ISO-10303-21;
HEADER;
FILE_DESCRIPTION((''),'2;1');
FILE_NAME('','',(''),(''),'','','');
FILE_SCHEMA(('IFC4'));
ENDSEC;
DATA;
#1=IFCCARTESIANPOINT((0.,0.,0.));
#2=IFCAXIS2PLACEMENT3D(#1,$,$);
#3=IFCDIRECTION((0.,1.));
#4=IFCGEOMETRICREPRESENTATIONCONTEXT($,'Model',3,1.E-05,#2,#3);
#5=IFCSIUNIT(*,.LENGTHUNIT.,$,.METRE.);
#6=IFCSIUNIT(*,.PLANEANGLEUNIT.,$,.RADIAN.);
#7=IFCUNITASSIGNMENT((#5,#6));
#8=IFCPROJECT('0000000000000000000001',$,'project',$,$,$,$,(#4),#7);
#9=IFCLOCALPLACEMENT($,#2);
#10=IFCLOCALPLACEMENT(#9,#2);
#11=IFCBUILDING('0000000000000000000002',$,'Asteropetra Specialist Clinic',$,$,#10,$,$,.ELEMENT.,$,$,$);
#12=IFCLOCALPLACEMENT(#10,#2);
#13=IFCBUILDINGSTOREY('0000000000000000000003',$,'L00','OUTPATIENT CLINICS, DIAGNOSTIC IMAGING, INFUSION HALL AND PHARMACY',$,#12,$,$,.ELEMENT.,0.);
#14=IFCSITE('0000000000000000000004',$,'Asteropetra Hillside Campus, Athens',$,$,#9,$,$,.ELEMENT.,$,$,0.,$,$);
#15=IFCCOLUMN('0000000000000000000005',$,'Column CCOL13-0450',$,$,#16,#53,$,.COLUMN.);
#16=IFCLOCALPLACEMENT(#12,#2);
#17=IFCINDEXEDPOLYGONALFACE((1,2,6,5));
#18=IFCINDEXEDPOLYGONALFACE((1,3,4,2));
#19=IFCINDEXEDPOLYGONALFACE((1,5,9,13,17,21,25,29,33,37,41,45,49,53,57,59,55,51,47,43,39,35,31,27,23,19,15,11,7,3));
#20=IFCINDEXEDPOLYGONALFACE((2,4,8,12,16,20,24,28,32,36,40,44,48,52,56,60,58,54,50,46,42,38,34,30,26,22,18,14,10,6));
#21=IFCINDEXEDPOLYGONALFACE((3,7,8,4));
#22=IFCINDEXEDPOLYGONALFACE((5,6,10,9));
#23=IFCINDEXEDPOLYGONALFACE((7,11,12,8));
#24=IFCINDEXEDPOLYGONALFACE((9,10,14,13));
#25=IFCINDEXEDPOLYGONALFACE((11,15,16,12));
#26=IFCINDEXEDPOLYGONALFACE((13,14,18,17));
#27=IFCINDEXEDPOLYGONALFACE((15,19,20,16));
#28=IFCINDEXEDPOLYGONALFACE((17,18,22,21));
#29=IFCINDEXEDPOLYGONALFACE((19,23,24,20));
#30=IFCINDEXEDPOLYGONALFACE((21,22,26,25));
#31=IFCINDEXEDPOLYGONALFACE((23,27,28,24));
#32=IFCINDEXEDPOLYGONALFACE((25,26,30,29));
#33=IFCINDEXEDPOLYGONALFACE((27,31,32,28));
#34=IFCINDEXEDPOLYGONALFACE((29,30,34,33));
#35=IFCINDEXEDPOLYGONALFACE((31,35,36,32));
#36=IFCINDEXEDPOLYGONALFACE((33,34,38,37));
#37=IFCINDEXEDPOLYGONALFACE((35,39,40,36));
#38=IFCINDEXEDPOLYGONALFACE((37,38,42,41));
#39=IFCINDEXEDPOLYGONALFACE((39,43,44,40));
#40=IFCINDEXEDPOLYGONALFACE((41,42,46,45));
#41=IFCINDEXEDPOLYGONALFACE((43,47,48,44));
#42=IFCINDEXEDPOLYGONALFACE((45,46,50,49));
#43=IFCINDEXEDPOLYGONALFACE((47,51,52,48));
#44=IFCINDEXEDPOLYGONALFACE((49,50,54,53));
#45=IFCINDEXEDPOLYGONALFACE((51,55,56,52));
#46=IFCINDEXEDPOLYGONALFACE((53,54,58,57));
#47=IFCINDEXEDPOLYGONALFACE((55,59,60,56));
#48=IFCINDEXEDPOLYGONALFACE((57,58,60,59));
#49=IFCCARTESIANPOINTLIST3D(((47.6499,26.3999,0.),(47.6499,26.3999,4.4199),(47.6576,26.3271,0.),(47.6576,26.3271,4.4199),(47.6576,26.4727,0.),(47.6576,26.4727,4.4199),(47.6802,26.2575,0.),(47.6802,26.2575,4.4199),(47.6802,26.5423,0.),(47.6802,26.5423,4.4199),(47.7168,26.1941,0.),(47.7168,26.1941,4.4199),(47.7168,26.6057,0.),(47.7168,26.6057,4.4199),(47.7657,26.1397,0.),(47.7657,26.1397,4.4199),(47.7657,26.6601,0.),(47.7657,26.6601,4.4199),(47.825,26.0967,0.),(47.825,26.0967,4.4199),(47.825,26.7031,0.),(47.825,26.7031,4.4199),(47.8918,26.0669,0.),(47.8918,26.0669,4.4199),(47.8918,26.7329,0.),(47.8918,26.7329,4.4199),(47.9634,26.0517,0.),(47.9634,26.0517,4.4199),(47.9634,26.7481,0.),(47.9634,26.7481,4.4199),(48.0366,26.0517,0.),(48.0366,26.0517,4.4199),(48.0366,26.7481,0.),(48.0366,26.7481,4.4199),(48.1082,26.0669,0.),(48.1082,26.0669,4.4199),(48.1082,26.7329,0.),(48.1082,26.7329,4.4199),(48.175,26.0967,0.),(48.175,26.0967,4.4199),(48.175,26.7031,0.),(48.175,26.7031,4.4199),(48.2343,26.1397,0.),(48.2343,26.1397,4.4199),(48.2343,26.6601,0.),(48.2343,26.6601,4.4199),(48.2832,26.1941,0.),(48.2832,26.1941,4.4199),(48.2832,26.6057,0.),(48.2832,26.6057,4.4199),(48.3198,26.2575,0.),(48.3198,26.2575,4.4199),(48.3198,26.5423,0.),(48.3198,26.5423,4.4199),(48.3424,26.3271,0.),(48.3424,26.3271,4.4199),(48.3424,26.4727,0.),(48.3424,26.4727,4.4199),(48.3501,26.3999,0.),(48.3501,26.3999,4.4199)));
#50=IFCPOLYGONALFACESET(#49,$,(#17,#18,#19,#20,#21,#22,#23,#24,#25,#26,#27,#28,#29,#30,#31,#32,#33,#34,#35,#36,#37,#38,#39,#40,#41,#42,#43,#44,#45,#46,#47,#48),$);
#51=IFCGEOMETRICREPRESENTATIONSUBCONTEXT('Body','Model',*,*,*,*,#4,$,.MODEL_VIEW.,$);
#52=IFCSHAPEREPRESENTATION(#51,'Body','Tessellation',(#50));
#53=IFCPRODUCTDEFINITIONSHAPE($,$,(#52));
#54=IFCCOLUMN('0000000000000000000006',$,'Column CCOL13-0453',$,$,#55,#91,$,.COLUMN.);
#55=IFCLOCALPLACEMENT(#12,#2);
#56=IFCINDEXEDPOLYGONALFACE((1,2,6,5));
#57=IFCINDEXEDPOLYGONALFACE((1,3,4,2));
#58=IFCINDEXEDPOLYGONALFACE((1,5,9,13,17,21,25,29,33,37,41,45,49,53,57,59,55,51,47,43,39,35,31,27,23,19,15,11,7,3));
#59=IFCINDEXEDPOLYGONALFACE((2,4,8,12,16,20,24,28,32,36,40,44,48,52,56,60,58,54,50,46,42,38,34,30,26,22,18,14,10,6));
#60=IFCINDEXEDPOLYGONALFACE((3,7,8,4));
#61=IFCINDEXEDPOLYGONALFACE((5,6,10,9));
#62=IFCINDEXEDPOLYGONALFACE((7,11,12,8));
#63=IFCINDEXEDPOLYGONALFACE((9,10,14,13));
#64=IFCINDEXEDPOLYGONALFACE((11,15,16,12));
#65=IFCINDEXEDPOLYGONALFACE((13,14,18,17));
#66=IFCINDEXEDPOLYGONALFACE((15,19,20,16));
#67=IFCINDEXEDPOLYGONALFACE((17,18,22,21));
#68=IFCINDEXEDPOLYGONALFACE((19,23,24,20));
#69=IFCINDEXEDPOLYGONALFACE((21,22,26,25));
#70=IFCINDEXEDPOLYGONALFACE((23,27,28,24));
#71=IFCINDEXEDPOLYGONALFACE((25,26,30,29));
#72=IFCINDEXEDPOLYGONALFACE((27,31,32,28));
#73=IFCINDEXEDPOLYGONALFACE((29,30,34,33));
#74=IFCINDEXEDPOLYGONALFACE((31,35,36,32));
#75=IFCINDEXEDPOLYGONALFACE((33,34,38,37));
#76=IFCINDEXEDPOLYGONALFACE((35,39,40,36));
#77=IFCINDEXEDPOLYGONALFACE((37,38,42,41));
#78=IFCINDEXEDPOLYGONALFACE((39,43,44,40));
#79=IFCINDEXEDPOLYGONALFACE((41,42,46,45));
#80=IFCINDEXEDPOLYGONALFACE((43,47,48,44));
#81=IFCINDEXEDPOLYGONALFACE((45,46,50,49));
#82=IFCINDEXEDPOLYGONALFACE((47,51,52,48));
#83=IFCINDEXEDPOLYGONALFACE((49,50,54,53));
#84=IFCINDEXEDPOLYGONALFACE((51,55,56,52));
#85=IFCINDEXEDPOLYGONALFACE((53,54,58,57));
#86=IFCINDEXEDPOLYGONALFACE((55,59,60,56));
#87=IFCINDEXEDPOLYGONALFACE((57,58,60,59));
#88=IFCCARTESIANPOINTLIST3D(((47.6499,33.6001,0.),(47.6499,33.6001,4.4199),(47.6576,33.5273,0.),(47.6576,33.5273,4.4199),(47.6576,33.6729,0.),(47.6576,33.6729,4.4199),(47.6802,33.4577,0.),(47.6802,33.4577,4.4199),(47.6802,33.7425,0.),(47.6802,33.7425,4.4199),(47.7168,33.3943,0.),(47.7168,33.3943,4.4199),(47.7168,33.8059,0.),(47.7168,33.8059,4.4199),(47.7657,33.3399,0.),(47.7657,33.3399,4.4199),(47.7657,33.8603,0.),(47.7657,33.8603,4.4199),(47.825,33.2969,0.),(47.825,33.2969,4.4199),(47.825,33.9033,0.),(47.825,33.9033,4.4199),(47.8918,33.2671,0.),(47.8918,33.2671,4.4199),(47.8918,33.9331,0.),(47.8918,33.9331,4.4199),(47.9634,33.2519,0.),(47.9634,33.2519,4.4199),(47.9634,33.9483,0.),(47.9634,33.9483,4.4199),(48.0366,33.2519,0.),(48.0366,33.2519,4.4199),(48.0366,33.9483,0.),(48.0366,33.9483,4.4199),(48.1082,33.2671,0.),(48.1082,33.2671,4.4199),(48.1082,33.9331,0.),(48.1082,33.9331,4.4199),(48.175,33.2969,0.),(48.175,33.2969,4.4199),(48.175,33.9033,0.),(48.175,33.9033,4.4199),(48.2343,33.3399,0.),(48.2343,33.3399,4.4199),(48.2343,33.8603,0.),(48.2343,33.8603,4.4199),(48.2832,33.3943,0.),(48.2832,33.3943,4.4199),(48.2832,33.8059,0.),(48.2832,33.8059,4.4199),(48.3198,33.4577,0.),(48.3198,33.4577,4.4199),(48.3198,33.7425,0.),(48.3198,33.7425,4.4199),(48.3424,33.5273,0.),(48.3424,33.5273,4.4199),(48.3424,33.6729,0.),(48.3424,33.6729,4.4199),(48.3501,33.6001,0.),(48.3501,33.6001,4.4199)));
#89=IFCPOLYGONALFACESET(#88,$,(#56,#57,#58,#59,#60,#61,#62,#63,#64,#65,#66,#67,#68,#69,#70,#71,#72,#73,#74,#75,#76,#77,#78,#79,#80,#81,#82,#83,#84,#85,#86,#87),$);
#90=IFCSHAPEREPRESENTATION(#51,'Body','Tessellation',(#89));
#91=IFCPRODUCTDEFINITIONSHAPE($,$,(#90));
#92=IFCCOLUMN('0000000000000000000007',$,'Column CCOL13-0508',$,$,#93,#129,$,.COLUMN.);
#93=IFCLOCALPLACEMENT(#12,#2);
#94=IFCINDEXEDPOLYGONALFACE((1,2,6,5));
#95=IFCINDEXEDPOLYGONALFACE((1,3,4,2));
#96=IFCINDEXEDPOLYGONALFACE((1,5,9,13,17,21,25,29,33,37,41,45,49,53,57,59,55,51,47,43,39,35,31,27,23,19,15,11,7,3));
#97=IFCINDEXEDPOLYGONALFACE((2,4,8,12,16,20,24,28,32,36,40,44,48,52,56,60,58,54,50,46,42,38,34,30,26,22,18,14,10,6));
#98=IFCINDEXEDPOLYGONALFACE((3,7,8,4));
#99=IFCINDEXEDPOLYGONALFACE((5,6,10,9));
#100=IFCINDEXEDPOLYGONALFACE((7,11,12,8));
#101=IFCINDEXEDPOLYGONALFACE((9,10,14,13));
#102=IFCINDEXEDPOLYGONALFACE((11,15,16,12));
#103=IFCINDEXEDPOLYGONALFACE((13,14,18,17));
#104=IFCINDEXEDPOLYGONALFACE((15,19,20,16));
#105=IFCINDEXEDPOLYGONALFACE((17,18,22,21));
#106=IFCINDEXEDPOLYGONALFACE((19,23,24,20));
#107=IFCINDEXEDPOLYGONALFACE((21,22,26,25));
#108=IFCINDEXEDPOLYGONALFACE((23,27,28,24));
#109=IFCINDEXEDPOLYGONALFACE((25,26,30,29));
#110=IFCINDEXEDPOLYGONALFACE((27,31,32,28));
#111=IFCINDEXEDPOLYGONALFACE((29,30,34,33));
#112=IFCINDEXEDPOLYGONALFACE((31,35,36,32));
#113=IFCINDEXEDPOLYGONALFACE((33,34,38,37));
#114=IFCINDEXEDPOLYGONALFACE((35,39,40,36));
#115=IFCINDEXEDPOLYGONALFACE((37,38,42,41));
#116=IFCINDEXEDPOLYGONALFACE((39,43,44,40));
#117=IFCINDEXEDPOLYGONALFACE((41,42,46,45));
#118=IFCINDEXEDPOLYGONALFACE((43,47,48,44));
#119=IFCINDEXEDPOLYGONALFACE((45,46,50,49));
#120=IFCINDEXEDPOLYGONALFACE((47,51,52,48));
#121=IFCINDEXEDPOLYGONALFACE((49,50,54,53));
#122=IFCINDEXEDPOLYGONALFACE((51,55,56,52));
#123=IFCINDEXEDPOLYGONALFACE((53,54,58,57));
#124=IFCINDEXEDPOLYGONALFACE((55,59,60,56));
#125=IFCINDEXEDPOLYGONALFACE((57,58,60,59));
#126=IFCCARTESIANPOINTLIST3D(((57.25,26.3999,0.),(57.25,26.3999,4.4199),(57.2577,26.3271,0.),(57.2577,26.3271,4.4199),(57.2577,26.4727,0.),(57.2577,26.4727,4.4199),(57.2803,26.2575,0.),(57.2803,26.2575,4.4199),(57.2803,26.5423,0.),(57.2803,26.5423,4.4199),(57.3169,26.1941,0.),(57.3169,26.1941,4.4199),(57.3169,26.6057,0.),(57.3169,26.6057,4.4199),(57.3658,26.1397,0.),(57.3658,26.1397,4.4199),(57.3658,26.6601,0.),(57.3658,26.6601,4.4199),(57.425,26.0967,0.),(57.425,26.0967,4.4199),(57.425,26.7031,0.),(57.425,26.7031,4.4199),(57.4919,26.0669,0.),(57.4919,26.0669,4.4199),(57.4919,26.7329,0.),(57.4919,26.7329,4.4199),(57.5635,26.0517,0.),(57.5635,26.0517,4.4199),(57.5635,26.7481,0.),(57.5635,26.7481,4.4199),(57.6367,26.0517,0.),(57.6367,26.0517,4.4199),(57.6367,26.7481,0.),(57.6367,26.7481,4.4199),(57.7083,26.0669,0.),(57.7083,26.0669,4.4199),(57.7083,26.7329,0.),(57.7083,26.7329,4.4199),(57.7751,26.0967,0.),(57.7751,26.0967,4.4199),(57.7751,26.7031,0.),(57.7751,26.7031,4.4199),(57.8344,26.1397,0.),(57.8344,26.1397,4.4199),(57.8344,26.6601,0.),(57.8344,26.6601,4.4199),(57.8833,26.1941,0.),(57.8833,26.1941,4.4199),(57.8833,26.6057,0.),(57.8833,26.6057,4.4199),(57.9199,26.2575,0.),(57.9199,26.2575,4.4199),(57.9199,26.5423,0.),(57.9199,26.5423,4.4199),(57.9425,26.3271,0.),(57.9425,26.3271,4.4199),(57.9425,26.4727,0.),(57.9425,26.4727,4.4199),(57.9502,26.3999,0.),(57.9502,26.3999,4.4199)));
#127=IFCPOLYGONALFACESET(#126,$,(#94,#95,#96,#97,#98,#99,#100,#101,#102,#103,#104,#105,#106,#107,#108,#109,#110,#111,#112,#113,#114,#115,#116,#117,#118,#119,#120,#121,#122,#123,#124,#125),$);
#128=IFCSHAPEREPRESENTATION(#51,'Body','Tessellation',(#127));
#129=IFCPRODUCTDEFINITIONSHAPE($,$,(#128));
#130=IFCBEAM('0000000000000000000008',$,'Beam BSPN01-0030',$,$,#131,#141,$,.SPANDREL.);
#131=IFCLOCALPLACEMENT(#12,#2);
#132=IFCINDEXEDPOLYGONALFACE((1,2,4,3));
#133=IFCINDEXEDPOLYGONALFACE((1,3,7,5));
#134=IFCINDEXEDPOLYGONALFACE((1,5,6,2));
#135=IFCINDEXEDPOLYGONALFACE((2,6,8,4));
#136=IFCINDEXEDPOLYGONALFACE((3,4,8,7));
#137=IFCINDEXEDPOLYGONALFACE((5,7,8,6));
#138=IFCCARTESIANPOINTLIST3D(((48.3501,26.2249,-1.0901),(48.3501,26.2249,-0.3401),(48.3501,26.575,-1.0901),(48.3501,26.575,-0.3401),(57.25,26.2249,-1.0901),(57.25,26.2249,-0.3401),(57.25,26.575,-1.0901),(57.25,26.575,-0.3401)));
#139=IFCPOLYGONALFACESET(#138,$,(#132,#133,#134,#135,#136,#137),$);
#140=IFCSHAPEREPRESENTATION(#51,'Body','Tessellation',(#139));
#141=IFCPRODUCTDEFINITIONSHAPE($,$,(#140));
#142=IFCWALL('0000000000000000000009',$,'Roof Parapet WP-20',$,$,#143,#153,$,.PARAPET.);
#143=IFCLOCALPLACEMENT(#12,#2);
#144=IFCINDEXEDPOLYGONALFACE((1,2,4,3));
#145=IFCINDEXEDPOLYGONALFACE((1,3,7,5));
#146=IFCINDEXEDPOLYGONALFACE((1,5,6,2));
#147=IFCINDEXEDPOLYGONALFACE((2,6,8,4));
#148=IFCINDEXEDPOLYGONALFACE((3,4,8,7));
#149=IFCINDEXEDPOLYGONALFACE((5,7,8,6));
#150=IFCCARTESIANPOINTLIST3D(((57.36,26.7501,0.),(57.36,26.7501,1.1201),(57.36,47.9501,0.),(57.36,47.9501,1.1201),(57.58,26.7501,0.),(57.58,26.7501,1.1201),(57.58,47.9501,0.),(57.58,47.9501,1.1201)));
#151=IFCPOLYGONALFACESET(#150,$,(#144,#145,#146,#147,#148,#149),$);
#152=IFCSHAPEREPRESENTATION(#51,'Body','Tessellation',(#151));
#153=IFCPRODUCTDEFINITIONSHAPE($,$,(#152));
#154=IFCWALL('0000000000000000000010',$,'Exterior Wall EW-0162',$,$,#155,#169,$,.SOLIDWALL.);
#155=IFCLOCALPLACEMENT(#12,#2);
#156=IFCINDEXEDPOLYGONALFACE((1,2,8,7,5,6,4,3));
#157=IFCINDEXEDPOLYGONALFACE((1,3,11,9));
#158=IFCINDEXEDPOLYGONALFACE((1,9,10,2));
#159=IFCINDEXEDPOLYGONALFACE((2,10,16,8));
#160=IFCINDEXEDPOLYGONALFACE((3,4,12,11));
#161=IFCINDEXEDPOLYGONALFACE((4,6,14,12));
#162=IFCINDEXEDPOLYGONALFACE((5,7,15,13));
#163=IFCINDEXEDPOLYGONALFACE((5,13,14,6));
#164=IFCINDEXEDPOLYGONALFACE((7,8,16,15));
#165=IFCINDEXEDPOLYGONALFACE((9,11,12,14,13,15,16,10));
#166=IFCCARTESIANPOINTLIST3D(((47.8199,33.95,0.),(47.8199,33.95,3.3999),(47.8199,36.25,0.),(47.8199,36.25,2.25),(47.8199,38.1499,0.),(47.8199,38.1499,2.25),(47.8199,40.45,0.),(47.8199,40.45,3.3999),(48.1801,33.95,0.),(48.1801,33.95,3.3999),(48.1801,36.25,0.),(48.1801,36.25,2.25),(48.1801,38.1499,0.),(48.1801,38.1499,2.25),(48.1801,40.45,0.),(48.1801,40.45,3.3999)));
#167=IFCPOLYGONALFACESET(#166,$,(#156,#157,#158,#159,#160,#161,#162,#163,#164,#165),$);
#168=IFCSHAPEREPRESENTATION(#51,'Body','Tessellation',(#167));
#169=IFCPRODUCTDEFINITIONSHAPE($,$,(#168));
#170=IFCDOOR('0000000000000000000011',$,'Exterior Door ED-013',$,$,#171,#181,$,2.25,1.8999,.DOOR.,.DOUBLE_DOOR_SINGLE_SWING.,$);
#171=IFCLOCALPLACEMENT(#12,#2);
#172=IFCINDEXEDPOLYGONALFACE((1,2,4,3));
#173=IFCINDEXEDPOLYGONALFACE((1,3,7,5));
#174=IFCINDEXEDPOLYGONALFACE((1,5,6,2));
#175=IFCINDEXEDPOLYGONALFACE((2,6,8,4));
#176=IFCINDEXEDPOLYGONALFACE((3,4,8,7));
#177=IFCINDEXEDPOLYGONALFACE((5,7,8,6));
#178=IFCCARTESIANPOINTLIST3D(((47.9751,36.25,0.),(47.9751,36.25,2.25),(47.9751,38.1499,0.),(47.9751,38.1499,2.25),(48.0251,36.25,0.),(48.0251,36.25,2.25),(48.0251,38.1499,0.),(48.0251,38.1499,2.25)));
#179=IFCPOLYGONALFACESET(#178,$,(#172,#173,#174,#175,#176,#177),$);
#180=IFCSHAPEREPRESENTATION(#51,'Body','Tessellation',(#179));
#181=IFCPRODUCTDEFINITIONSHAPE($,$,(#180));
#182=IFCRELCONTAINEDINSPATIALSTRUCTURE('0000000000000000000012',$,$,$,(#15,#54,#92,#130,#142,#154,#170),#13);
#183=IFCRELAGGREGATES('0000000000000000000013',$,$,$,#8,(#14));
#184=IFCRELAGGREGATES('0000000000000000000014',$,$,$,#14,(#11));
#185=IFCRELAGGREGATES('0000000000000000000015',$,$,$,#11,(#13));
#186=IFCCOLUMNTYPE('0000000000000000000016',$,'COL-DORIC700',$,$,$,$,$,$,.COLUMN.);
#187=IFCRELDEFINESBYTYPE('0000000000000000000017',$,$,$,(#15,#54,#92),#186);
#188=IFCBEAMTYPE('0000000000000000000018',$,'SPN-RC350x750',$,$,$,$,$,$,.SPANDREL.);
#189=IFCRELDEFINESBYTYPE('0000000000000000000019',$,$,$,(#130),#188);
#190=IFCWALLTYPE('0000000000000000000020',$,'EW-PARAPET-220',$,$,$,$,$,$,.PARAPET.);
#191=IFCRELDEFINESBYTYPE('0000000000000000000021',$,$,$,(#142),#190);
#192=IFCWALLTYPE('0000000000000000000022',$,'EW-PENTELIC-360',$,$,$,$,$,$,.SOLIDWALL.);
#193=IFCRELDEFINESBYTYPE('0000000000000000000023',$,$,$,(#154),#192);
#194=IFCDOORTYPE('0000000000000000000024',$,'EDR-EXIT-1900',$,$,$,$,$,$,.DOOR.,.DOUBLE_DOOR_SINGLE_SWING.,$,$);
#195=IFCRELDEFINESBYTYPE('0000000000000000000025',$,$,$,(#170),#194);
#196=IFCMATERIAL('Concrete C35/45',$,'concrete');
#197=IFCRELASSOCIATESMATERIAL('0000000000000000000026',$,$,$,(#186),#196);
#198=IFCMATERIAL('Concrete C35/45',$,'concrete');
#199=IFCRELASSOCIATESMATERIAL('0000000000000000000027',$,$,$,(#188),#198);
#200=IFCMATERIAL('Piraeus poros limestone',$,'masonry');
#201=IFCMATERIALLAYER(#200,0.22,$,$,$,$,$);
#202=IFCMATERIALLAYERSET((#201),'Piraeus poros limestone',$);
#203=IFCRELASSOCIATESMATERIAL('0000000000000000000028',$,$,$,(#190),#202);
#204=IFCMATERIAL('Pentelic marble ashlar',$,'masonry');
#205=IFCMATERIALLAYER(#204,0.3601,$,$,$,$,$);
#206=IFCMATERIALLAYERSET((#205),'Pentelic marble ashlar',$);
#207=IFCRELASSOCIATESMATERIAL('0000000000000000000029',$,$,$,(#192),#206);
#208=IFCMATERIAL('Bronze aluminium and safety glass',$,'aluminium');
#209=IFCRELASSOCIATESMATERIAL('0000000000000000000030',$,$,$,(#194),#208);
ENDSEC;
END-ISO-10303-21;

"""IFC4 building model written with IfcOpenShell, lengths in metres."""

from ifc_helpers import new_model, si_unit, direction, frame, frame_2d, origin, origin_2d, place, context, subcontext, project, spatial, rectangle, circle, extrude, material, layer, layer_set, material_profile, profile_set, type_object, element, fill, save


model = new_model("IFC4")

# Units and contexts
model_context = context("Model", 3, precision=1e-05, world=origin(), true_north=direction((0.0, 1.0)))
body_context = subcontext(model_context, "Body", "Model", "MODEL_VIEW")
ifc_project = project(units=[si_unit("LENGTHUNIT", "METRE"), si_unit("PLANEANGLEUNIT", "RADIAN")], contexts=[model_context])

# Site, building, storey
site_placement = place(None, origin())
site = spatial("IfcSite", under=ifc_project, at=site_placement, Name="Asteropetra Hillside Campus, Athens", CompositionType="ELEMENT", RefElevation=0.0)
building_placement = place(site_placement, origin())
building = spatial("IfcBuilding", under=site, at=building_placement, Name="Asteropetra Specialist Clinic", CompositionType="ELEMENT")
storey_placement = place(building_placement, origin())
storey = spatial("IfcBuildingStorey", under=building, at=storey_placement, Name="L00", Description="OUTPATIENT CLINICS, DIAGNOSTIC IMAGING, INFUSION HALL AND PHARMACY", CompositionType="ELEMENT", Elevation=0.0)

# Columns
ifc_material_1 = material(Name="Concrete C35/45", Category="concrete")
ifc_material_profile_1 = material_profile(ifc_material_1, circle(Radius=0.3501, at=origin_2d()), Name="RCC D700")
ifc_profile_set_1 = profile_set([ifc_material_profile_1], Name="Concrete C35/45")
column_type = type_object("IfcColumnType", Name="COL-DORIC700", PredefinedType="COLUMN", material=ifc_profile_set_1)
for number, where, z_axis, x_axis, name in (
    (1, (48.0, 26.3999, 0.0), (0.0, 0.0, 1.0), (1.0, 0.0, 0.0), "Column CCOL13-0450"),
    (2, (48.0, 33.6001, 0.0), (0.0, 0.0, 1.0), (1.0, 0.0, 0.0), "Column CCOL13-0453"),
    (3, (57.6001, 26.3999, 0.0), (0.0, 0.0, 1.0), (1.0, 0.0, 0.0), "Column CCOL13-0508"),
):
    element("IfcColumn", number, at=place(storey_placement, frame(where, z_axis=z_axis, x_axis=x_axis)), inside=storey, type_object=column_type, Name=name, PredefinedType="COLUMN", context=body_context, shape_type="SweptSolid", body=[
        extrude(circle(Radius=0.3501, at=origin_2d()), origin(), (0.0, 0.0, 1.0), 4.4199),
    ])

# Beam
ifc_material_2 = material(Name="Concrete C35/45", Category="concrete")
ifc_material_profile_2 = material_profile(ifc_material_2, rectangle(XDim=0.3501, YDim=0.75, at=origin_2d()), Name="RCS 350x750")
ifc_profile_set_2 = profile_set([ifc_material_profile_2], Name="Concrete C35/45")
beam_type = type_object("IfcBeamType", Name="SPN-RC350x750", PredefinedType="SPANDREL", material=ifc_profile_set_2)
beam_placement = place(storey_placement, frame((48.3501, 26.3999, -0.7151), z_axis=(1.0, 0.0, 0.0), x_axis=(0.0, 1.0, 0.0)))
element("IfcBeam", 4, at=beam_placement, inside=storey, type_object=beam_type, Name="Beam BSPN01-0030", PredefinedType="SPANDREL", context=body_context, shape_type="SweptSolid", body=[
    extrude(rectangle(XDim=0.3501, YDim=0.75, at=origin_2d()), origin(), (0.0, 0.0, 1.0), 8.8999),
])

# Wall
ifc_material_3 = material(Name="Piraeus poros limestone", Category="masonry")
ifc_layer_1 = layer(ifc_material_3, 0.22)
ifc_layer_set_1 = layer_set([ifc_layer_1], Name="Piraeus poros limestone")
wall_type_1 = type_object("IfcWallType", Name="EW-PARAPET-220", PredefinedType="PARAPET", material=ifc_layer_set_1)
wall_1_placement = place(storey_placement, frame((57.47, 26.75, 0.0), z_axis=(0.0, 0.0, 1.0), x_axis=(0.0, 1.0, 0.0)))
element("IfcWall", 5, at=wall_1_placement, inside=storey, type_object=wall_type_1, Name="Roof Parapet WP-20", PredefinedType="PARAPET", context=body_context, shape_type="SweptSolid", body=[
    extrude(rectangle(XDim=21.2, YDim=0.22, at=frame_2d((10.6001, 0.0))), origin(), (0.0, 0.0, 1.0), 1.1201),
])

# Wall, opening, door
ifc_material_4 = material(Name="Pentelic marble ashlar", Category="masonry")
ifc_layer_2 = layer(ifc_material_4, 0.3601)
ifc_layer_set_2 = layer_set([ifc_layer_2], Name="Pentelic marble ashlar")
wall_type_2 = type_object("IfcWallType", Name="EW-PENTELIC-360", PredefinedType="SOLIDWALL", material=ifc_layer_set_2)
wall_2_placement = place(storey_placement, frame((48.0, 33.95, 0.0), z_axis=(0.0, 0.0, 1.0), x_axis=(0.0, 1.0, 0.0)))
wall_2 = element("IfcWall", 6, at=wall_2_placement, inside=storey, type_object=wall_type_2, Name="Exterior Wall EW-0162", PredefinedType="SOLIDWALL", context=body_context, shape_type="SweptSolid", body=[
    extrude(rectangle(XDim=6.5, YDim=0.3601, at=frame_2d((3.25, 0.0))), origin(), (0.0, 0.0, 1.0), 3.3999),
])
opening_placement = place(wall_2_placement, frame((2.3, 0.0, 0.0)))
opening = element("IfcOpeningElement", 7, at=opening_placement, cuts=wall_2, PredefinedType="OPENING", context=body_context, shape_type="SweptSolid", body=[
    extrude(rectangle(XDim=1.8999, YDim=2.25, at=frame_2d((0.95, 1.125))), frame((0.0, 0.1899, 0.0), z_axis=(0.0, -1.0, 0.0), x_axis=(1.0, 0.0, 0.0)), (0.0, 0.0, 1.0), 0.3801),
])
ifc_material_5 = material(Name="Bronze aluminium and safety glass", Category="aluminium")
door_type = type_object("IfcDoorType", Name="EDR-EXIT-1900", OperationType="DOUBLE_DOOR_SINGLE_SWING", PredefinedType="DOOR", material=ifc_material_5)
door_placement = place(opening_placement, origin())
door = element("IfcDoor", 8, at=door_placement, inside=storey, type_object=door_type, Name="Exterior Door ED-013", OperationType="DOUBLE_DOOR_SINGLE_SWING", OverallHeight=2.25, OverallWidth=1.8999, PredefinedType="DOOR", context=body_context, shape_type="SweptSolid", body=[
    extrude(rectangle(XDim=1.8999, YDim=2.25, at=frame_2d((0.95, 1.125))), frame((0.0, 0.0249, 0.0), z_axis=(0.0, -1.0, 0.0), x_axis=(1.0, 0.0, 0.0)), (0.0, 0.0, 1.0), 0.05),
])
fill(opening, door)

save(model, "model.ifc")
